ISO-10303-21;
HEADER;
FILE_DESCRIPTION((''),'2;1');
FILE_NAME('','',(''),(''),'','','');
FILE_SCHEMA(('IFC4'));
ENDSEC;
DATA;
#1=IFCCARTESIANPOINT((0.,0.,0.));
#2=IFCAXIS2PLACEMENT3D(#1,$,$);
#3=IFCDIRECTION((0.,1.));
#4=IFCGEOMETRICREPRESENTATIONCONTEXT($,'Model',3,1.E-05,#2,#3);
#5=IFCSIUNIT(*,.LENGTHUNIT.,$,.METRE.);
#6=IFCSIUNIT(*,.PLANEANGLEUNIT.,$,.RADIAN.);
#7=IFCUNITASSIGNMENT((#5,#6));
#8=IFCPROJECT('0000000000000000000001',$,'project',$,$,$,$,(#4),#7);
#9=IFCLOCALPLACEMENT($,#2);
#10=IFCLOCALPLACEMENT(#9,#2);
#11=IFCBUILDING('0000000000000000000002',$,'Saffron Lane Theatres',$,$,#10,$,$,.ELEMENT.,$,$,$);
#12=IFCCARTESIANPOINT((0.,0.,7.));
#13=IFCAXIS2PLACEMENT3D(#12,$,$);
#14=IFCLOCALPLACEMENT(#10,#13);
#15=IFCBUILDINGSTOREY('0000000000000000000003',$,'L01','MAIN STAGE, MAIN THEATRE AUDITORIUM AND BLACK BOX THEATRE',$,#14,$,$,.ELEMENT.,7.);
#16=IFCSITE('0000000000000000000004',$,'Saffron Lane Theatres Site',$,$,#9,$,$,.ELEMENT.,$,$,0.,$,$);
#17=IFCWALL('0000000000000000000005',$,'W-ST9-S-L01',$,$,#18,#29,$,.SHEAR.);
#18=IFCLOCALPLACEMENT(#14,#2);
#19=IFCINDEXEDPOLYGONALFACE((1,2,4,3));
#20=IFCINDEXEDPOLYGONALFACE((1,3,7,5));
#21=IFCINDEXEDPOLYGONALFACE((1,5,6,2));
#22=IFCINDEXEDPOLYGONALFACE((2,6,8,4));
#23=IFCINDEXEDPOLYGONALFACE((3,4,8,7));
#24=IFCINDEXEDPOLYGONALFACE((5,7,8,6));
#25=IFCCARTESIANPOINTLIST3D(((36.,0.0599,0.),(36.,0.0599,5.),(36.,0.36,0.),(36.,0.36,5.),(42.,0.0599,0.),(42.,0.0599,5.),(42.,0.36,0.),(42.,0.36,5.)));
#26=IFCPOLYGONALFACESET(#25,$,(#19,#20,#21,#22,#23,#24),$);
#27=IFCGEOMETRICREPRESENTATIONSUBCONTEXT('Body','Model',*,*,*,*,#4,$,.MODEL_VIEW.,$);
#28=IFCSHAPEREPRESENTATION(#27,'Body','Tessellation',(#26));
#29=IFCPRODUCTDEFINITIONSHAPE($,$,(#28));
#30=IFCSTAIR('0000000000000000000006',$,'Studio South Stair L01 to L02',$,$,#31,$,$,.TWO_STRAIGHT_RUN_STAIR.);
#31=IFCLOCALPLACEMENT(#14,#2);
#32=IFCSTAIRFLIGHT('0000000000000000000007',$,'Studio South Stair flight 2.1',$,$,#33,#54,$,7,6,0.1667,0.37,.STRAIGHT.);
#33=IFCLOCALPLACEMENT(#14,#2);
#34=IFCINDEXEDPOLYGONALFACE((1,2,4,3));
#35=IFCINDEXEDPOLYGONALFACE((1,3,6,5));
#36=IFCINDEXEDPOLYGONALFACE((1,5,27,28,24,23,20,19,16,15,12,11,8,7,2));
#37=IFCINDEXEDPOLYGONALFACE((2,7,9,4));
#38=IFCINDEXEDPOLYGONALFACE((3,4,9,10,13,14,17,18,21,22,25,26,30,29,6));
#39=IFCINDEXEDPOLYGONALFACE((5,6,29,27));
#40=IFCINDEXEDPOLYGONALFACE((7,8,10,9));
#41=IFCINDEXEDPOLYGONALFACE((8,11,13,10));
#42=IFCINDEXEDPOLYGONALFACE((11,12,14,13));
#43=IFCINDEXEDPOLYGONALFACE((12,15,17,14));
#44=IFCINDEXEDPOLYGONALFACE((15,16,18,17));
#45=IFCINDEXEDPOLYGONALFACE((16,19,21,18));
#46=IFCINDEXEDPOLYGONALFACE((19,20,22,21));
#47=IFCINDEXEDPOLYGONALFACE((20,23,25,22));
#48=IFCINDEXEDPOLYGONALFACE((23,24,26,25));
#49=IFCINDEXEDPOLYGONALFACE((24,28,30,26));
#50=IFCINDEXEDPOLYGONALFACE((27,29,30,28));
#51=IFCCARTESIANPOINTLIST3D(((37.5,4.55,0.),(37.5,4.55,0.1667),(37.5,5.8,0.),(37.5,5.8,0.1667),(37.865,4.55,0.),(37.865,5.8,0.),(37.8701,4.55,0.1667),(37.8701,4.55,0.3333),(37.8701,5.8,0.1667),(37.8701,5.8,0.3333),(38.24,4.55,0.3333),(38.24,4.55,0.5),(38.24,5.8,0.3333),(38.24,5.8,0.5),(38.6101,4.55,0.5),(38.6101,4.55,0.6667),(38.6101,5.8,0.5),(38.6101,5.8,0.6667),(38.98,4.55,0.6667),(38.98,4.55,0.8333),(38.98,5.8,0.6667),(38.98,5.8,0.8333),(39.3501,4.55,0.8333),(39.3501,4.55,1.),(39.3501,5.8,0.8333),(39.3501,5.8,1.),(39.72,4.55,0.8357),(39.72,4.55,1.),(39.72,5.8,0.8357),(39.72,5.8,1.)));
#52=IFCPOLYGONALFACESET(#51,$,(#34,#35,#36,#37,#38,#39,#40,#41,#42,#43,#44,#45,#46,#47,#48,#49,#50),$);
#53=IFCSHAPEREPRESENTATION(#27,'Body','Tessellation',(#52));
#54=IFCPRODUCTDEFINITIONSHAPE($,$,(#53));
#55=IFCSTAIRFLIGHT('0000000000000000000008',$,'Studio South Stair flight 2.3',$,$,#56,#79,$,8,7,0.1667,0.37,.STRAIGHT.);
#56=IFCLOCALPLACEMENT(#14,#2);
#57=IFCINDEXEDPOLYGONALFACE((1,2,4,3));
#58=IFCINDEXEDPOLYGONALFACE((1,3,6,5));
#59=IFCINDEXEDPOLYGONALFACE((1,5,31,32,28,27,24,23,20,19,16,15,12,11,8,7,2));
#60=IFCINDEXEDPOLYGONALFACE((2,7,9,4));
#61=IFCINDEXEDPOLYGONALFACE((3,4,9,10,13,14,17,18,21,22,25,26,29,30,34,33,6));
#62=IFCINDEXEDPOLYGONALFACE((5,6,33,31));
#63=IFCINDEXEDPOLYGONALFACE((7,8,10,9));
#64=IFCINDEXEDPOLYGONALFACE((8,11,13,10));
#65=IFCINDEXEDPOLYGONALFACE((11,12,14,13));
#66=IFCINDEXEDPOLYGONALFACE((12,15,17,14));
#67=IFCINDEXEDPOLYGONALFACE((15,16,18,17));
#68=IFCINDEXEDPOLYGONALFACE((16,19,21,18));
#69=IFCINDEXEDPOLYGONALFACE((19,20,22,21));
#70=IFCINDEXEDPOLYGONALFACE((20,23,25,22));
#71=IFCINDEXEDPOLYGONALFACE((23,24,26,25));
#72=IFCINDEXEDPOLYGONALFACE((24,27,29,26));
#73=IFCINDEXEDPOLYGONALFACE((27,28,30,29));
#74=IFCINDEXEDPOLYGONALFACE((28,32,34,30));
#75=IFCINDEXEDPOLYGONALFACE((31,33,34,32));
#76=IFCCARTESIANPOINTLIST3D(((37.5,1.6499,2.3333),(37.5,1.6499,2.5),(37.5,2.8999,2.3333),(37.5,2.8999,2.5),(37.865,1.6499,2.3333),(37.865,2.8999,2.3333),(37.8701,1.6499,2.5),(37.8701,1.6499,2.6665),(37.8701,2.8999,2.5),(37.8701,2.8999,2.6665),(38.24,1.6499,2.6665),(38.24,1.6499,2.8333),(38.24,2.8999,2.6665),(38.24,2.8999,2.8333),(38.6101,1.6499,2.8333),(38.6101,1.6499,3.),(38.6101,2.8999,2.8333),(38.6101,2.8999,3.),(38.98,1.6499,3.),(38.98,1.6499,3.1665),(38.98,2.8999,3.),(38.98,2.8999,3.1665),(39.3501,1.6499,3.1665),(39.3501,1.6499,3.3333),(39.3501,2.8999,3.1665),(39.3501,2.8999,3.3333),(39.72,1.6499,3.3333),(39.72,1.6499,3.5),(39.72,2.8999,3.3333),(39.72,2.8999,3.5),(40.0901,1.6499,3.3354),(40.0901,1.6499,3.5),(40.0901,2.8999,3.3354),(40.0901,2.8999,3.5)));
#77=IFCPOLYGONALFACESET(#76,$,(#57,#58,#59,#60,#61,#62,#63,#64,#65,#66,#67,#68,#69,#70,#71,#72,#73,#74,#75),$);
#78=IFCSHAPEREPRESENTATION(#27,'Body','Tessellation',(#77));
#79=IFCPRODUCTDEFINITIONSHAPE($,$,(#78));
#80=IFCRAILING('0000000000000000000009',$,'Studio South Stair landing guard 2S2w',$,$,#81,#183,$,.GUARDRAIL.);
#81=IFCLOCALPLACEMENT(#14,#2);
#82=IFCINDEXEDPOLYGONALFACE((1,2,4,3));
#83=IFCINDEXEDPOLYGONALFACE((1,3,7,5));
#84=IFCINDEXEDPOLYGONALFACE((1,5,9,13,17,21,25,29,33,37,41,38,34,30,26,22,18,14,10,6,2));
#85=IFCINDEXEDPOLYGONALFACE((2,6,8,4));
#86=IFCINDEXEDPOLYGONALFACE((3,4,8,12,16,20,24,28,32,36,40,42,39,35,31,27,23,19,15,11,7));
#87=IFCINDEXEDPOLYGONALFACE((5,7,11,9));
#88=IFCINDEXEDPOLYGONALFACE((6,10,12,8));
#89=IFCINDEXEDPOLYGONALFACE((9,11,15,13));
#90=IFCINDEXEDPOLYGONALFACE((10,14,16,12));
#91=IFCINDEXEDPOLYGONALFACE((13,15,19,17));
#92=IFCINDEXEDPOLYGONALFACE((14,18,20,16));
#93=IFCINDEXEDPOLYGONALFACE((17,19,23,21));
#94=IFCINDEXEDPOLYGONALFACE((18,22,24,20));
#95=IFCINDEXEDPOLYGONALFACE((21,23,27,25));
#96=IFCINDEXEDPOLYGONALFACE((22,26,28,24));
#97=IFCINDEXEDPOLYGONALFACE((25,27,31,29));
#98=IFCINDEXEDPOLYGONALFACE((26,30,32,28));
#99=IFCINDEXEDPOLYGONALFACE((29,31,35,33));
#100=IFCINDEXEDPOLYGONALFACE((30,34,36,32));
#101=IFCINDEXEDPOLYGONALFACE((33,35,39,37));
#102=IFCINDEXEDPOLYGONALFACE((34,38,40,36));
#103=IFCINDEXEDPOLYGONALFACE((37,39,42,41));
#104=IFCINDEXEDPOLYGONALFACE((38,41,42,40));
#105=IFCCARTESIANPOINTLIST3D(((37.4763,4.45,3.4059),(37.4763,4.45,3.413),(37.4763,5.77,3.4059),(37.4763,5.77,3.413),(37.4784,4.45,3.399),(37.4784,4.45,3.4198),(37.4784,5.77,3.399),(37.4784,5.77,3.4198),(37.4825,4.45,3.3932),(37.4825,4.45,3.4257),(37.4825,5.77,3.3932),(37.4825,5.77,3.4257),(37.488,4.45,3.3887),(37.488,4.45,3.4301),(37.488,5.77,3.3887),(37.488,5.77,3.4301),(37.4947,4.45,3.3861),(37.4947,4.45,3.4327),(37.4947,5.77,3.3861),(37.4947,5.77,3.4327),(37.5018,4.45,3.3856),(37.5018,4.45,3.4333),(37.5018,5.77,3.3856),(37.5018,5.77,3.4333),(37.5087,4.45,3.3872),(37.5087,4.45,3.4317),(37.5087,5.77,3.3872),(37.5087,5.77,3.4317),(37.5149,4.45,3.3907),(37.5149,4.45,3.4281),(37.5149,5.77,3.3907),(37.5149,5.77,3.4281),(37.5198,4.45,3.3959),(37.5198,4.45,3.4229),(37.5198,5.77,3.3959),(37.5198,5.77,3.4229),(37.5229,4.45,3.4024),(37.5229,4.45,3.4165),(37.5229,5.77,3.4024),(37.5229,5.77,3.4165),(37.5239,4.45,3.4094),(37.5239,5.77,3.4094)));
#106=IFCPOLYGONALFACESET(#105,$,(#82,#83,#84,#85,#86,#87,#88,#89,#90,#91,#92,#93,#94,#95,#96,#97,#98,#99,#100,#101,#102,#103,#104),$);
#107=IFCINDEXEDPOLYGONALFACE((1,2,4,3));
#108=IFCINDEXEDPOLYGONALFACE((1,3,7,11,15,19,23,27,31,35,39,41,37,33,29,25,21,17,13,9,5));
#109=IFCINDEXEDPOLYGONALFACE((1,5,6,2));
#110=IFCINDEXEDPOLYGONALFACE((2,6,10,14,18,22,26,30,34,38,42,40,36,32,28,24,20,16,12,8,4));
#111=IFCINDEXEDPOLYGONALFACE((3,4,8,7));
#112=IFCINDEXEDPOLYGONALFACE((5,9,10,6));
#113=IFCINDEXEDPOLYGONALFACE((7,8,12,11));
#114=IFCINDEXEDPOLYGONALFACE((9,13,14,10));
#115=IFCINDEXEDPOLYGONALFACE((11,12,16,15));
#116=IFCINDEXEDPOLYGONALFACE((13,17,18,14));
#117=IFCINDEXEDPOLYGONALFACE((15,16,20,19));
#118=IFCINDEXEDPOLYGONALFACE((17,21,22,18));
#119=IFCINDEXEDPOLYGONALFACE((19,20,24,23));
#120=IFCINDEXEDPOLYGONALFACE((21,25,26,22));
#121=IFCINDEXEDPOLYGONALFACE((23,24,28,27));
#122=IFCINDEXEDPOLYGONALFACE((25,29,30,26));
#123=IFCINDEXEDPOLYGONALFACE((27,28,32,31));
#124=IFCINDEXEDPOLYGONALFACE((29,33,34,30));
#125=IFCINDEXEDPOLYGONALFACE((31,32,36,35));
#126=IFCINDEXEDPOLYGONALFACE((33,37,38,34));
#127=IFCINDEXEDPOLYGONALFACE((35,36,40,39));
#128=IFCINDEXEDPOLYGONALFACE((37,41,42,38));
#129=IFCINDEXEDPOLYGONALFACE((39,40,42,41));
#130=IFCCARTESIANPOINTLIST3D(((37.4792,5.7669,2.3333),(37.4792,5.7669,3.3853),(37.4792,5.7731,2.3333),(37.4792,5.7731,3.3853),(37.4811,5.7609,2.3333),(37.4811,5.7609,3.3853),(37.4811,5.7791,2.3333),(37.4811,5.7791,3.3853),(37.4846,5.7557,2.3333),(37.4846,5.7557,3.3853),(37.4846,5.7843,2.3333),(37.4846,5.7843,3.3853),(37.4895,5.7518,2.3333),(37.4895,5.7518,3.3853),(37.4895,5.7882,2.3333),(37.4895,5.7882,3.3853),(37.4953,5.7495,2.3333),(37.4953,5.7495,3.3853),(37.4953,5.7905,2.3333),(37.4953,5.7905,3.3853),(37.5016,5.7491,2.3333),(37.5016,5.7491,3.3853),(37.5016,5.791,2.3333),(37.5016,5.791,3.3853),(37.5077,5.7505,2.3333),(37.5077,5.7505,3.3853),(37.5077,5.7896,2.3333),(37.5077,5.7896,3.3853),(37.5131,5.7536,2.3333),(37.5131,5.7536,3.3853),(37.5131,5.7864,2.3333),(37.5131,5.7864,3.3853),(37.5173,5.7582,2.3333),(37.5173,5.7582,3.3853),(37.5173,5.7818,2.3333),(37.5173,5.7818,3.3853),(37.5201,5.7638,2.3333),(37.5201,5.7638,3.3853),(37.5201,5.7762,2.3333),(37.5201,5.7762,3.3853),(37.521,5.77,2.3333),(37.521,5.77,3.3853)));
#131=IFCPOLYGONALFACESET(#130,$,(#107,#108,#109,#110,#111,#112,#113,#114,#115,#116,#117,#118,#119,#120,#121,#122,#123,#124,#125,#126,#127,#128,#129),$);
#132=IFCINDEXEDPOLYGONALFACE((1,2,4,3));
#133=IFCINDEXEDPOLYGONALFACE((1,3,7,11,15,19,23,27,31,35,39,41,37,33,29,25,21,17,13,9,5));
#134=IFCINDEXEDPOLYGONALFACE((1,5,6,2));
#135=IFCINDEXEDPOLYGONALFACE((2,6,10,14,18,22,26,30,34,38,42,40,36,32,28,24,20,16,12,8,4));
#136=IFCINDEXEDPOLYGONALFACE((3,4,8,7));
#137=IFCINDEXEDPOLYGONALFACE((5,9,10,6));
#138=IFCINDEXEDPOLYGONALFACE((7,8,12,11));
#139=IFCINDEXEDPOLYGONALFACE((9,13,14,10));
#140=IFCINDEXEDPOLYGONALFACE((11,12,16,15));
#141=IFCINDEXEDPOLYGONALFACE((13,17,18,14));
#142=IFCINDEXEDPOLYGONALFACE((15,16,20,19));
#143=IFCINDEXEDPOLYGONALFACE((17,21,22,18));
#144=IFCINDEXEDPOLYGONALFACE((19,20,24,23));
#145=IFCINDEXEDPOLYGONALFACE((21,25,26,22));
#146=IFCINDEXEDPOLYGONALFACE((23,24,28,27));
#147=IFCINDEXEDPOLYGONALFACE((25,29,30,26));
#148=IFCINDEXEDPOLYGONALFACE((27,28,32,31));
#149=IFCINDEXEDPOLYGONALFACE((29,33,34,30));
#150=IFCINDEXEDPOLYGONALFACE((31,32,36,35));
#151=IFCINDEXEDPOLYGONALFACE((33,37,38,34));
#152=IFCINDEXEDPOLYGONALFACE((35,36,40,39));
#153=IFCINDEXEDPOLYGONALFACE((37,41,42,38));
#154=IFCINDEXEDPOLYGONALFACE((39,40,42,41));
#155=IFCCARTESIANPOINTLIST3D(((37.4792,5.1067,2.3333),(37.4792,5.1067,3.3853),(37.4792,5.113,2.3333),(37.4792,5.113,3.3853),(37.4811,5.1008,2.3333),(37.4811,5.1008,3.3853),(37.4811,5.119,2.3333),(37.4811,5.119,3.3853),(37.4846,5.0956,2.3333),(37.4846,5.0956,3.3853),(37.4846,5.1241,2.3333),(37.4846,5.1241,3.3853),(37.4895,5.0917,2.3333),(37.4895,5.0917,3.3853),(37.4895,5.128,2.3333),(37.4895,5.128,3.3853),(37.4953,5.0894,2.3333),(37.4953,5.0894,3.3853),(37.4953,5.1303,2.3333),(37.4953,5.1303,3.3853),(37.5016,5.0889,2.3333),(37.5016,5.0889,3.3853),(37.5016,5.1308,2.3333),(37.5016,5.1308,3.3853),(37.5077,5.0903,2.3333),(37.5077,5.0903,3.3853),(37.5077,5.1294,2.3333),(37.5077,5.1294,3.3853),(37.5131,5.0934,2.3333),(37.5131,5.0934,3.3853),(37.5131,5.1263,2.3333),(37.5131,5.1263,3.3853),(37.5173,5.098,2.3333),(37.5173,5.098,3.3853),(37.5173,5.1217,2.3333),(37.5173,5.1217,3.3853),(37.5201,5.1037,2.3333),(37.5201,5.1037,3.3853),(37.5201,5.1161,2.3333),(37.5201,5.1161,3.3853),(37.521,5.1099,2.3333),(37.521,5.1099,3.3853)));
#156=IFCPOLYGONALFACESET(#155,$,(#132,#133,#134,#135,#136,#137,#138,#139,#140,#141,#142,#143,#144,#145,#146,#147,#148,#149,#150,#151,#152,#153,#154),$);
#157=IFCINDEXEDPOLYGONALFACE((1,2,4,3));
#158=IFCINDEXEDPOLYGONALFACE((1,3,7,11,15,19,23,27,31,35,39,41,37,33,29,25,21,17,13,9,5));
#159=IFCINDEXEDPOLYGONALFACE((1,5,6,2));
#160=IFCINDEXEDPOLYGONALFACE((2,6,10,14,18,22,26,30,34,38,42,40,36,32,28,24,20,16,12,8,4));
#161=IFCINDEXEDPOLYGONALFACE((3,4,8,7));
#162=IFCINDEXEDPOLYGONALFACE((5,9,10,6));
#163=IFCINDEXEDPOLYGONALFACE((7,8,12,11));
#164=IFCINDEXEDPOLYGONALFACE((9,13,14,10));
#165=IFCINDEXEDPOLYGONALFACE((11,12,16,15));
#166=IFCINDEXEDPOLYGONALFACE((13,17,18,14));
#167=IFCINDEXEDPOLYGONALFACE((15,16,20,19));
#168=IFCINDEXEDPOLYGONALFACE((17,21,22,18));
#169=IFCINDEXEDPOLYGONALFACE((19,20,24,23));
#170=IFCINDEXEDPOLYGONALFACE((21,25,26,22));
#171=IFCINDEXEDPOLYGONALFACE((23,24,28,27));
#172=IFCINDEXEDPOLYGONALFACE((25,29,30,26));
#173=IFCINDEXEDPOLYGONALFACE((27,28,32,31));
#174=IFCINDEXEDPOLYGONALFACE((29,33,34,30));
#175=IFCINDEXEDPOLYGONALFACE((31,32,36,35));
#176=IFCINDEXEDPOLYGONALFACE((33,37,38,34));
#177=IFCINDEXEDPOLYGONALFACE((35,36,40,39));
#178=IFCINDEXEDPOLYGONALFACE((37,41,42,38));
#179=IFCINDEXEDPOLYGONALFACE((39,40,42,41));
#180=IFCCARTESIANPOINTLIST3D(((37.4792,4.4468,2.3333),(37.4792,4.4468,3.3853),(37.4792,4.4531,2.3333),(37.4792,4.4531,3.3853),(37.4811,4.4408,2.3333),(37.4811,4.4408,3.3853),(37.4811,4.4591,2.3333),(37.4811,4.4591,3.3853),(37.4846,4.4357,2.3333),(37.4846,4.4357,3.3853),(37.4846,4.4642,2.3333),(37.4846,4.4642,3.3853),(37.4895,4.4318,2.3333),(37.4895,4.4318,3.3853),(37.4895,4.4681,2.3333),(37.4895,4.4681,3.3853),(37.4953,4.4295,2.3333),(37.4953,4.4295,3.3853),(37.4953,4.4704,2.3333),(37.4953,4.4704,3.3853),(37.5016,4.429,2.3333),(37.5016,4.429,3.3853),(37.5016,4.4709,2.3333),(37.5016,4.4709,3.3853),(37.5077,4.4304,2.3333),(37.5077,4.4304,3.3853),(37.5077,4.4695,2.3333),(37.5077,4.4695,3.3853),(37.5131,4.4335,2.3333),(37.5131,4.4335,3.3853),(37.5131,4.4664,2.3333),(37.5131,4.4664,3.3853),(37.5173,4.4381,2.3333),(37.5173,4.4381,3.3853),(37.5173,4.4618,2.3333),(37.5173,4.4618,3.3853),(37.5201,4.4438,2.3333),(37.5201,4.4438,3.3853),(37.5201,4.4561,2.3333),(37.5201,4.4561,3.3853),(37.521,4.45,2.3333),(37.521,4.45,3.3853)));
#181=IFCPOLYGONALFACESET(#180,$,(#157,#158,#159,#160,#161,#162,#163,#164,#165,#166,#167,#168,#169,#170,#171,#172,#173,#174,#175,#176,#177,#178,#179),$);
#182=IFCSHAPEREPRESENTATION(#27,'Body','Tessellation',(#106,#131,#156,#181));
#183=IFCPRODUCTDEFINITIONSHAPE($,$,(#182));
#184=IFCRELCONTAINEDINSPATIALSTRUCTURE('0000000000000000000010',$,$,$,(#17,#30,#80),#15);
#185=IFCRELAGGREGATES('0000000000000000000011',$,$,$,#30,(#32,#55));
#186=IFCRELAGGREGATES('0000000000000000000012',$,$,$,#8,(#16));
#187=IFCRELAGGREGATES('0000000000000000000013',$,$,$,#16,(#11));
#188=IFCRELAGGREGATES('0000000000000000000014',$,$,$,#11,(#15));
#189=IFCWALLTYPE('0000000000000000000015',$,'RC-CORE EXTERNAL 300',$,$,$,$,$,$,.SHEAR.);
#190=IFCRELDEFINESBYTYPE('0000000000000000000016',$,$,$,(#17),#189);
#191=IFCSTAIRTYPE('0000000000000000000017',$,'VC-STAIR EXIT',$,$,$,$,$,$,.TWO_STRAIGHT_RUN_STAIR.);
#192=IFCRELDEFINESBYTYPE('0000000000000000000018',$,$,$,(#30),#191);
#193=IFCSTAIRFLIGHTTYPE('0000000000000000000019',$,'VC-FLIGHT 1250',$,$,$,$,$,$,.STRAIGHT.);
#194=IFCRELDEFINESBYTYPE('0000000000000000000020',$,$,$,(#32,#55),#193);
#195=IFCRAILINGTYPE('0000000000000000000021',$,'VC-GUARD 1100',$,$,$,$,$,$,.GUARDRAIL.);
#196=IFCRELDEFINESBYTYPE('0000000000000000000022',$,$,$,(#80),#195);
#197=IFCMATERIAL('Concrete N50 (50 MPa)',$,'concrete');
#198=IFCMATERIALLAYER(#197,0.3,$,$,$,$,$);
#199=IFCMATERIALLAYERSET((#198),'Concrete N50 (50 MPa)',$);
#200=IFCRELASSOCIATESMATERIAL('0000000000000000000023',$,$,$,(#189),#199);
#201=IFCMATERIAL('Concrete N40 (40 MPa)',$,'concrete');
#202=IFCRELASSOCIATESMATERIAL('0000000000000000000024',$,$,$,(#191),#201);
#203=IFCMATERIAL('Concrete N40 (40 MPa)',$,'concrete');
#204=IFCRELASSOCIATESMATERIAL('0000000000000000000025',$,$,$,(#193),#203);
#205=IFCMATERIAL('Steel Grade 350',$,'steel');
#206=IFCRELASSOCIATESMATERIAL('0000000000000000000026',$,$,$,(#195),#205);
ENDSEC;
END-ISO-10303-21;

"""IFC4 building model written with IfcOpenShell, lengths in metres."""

from ifc_helpers import new_model, si_unit, direction, frame, frame_2d, origin, origin_2d, place, context, subcontext, project, spatial, polyline, rectangle, circle, outline, extrude, material, layer, layer_set, type_object, element, aggregate, save


model = new_model("IFC4")

# Units and contexts
model_context = context("Model", 3, precision=1e-05, world=origin(), true_north=direction((0.0, 1.0)))
body_context = subcontext(model_context, "Body", "Model", "MODEL_VIEW")
ifc_project = project(units=[si_unit("LENGTHUNIT", "METRE"), si_unit("PLANEANGLEUNIT", "RADIAN")], contexts=[model_context])

# Site, building, storey
site_placement = place(None, origin())
site = spatial("IfcSite", under=ifc_project, at=site_placement, Name="Saffron Lane Theatres Site", CompositionType="ELEMENT", RefElevation=0.0)
building_placement = place(site_placement, origin())
building = spatial("IfcBuilding", under=site, at=building_placement, Name="Saffron Lane Theatres", CompositionType="ELEMENT")
storey_placement = place(building_placement, frame((0.0, 0.0, 7.0)))
storey = spatial("IfcBuildingStorey", under=building, at=storey_placement, Name="L01", Description="MAIN STAGE, MAIN THEATRE AUDITORIUM AND BLACK BOX THEATRE", CompositionType="ELEMENT", Elevation=7.0)

# Wall
ifc_material_1 = material(Name="Concrete N50 (50 MPa)", Category="concrete")
ifc_layer_1 = layer(ifc_material_1, 0.3)
ifc_layer_set_1 = layer_set([ifc_layer_1], Name="Concrete N50 (50 MPa)")
wall_type_1 = type_object("IfcWallType", Name="RC-CORE EXTERNAL 300", PredefinedType="SHEAR", material=ifc_layer_set_1)
wall_1_placement = place(storey_placement, frame((36.0, 0.21, 0.0), z_axis=(0.0, 0.0, 1.0), x_axis=(1.0, 0.0, 0.0)))
element("IfcWall", 1, at=wall_1_placement, inside=storey, type_object=wall_type_1, Name="W-ST9-S-L01", PredefinedType="SHEAR", context=body_context, shape_type="SweptSolid", body=[
    extrude(rectangle(XDim=6.0, YDim=0.3, at=frame_2d((3.0, 0.0))), origin(), (0.0, 0.0, 1.0), 5.0),
])

# Stair, stair flights
ifc_material_2 = material(Name="Concrete N40 (40 MPa)", Category="concrete")
stair_type = type_object("IfcStairType", Name="VC-STAIR EXIT", PredefinedType="TWO_STRAIGHT_RUN_STAIR", material=ifc_material_2)
stair_placement = place(storey_placement, origin())
stair = element("IfcStair", 2, at=stair_placement, inside=storey, type_object=stair_type, Name="Studio South Stair L01 to L02", PredefinedType="TWO_STRAIGHT_RUN_STAIR")
ifc_material_3 = material(Name="Concrete N40 (40 MPa)", Category="concrete")
stair_flight_type = type_object("IfcStairFlightType", Name="VC-FLIGHT 1250", PredefinedType="STRAIGHT", material=ifc_material_3)
stair_flight_1_placement = place(storey_placement, frame((37.5, 5.175, 0.0), z_axis=(0.0, 0.0, 1.0), x_axis=(1.0, 0.0, 0.0)))
stair_flight_1 = element("IfcStairFlight", 3, at=stair_flight_1_placement, type_object=stair_flight_type, Name="Studio South Stair flight 2.1", NumberOfRisers=7, NumberOfTreads=6, PredefinedType="STRAIGHT", RiserHeight=0.1667, TreadLength=0.37, context=body_context, shape_type="SweptSolid", body=[
    extrude(outline(polyline([(0.0, 0.0), (0.0, 0.1667), (0.3701, 0.1667), (0.3701, 0.3333), (0.74, 0.3333), (0.74, 0.5), (1.1101, 0.5), (1.1101, 0.6667), (1.48, 0.6667), (1.48, 0.8333), (1.8501, 0.8333), (1.8501, 1.0), (2.22, 1.0), (2.22, 1.1667), (2.22, 0.8357), (0.365, 0.0), (0.0, 0.0)])), frame((0.0, 0.625, 0.0), z_axis=(0.0, -1.0, 0.0), x_axis=(1.0, 0.0, 0.0)), (0.0, 0.0, 1.0), 1.25),
])
stair_flight_2_placement = place(storey_placement, frame((37.5, 2.2749, 2.3333), z_axis=(0.0, 0.0, 1.0), x_axis=(1.0, 0.0, 0.0)))
stair_flight_2 = element("IfcStairFlight", 4, at=stair_flight_2_placement, type_object=stair_flight_type, Name="Studio South Stair flight 2.3", NumberOfRisers=8, NumberOfTreads=7, PredefinedType="STRAIGHT", RiserHeight=0.1667, TreadLength=0.37, context=body_context, shape_type="SweptSolid", body=[
    extrude(outline(polyline([(0.0, 0.0), (0.0, 0.1667), (0.3701, 0.1667), (0.3701, 0.3333), (0.74, 0.3333), (0.74, 0.5), (1.1101, 0.5), (1.1101, 0.6667), (1.48, 0.6667), (1.48, 0.8333), (1.8501, 0.8333), (1.8501, 1.0), (2.22, 1.0), (2.22, 1.1667), (2.5901, 1.1667), (2.5901, 1.3333), (2.5901, 1.0022), (0.365, 0.0), (0.0, 0.0)])), frame((0.0, 0.625, 0.0), z_axis=(0.0, -1.0, 0.0), x_axis=(1.0, 0.0, 0.0)), (0.0, 0.0, 1.0), 1.25),
])
aggregate(stair, [stair_flight_1, stair_flight_2])

# Railing
ifc_material_4 = material(Name="Steel Grade 350", Category="steel")
railing_type_1 = type_object("IfcRailingType", Name="VC-GUARD 1100", PredefinedType="GUARDRAIL", material=ifc_material_4)
railing_1_placement = place(storey_placement, frame((37.5, 5.77, 2.3333)))
element("IfcRailing", 5, at=railing_1_placement, inside=storey, type_object=railing_type_1, Name="Studio South Stair landing guard 2S2w", PredefinedType="GUARDRAIL", context=body_context, shape_type="SweptSolid", body=[
    extrude(circle(Radius=0.0239, at=origin_2d()), frame((0.0, 0.0, 1.0762), z_axis=(0.0, -1.0, 0.0), x_axis=(1.0, 0.0, 0.0)), (0.0, 0.0, 1.0), 1.3201),
    extrude(circle(Radius=0.021, at=origin_2d()), origin(), (0.0, 0.0, 1.0), 1.052),
    extrude(circle(Radius=0.021, at=origin_2d()), frame((0.0, -0.6602, 0.0)), (0.0, 0.0, 1.0), 1.052),
    extrude(circle(Radius=0.021, at=origin_2d()), frame((0.0, -1.3201, 0.0)), (0.0, 0.0, 1.0), 1.052),
])

save(model, "model.ifc")
